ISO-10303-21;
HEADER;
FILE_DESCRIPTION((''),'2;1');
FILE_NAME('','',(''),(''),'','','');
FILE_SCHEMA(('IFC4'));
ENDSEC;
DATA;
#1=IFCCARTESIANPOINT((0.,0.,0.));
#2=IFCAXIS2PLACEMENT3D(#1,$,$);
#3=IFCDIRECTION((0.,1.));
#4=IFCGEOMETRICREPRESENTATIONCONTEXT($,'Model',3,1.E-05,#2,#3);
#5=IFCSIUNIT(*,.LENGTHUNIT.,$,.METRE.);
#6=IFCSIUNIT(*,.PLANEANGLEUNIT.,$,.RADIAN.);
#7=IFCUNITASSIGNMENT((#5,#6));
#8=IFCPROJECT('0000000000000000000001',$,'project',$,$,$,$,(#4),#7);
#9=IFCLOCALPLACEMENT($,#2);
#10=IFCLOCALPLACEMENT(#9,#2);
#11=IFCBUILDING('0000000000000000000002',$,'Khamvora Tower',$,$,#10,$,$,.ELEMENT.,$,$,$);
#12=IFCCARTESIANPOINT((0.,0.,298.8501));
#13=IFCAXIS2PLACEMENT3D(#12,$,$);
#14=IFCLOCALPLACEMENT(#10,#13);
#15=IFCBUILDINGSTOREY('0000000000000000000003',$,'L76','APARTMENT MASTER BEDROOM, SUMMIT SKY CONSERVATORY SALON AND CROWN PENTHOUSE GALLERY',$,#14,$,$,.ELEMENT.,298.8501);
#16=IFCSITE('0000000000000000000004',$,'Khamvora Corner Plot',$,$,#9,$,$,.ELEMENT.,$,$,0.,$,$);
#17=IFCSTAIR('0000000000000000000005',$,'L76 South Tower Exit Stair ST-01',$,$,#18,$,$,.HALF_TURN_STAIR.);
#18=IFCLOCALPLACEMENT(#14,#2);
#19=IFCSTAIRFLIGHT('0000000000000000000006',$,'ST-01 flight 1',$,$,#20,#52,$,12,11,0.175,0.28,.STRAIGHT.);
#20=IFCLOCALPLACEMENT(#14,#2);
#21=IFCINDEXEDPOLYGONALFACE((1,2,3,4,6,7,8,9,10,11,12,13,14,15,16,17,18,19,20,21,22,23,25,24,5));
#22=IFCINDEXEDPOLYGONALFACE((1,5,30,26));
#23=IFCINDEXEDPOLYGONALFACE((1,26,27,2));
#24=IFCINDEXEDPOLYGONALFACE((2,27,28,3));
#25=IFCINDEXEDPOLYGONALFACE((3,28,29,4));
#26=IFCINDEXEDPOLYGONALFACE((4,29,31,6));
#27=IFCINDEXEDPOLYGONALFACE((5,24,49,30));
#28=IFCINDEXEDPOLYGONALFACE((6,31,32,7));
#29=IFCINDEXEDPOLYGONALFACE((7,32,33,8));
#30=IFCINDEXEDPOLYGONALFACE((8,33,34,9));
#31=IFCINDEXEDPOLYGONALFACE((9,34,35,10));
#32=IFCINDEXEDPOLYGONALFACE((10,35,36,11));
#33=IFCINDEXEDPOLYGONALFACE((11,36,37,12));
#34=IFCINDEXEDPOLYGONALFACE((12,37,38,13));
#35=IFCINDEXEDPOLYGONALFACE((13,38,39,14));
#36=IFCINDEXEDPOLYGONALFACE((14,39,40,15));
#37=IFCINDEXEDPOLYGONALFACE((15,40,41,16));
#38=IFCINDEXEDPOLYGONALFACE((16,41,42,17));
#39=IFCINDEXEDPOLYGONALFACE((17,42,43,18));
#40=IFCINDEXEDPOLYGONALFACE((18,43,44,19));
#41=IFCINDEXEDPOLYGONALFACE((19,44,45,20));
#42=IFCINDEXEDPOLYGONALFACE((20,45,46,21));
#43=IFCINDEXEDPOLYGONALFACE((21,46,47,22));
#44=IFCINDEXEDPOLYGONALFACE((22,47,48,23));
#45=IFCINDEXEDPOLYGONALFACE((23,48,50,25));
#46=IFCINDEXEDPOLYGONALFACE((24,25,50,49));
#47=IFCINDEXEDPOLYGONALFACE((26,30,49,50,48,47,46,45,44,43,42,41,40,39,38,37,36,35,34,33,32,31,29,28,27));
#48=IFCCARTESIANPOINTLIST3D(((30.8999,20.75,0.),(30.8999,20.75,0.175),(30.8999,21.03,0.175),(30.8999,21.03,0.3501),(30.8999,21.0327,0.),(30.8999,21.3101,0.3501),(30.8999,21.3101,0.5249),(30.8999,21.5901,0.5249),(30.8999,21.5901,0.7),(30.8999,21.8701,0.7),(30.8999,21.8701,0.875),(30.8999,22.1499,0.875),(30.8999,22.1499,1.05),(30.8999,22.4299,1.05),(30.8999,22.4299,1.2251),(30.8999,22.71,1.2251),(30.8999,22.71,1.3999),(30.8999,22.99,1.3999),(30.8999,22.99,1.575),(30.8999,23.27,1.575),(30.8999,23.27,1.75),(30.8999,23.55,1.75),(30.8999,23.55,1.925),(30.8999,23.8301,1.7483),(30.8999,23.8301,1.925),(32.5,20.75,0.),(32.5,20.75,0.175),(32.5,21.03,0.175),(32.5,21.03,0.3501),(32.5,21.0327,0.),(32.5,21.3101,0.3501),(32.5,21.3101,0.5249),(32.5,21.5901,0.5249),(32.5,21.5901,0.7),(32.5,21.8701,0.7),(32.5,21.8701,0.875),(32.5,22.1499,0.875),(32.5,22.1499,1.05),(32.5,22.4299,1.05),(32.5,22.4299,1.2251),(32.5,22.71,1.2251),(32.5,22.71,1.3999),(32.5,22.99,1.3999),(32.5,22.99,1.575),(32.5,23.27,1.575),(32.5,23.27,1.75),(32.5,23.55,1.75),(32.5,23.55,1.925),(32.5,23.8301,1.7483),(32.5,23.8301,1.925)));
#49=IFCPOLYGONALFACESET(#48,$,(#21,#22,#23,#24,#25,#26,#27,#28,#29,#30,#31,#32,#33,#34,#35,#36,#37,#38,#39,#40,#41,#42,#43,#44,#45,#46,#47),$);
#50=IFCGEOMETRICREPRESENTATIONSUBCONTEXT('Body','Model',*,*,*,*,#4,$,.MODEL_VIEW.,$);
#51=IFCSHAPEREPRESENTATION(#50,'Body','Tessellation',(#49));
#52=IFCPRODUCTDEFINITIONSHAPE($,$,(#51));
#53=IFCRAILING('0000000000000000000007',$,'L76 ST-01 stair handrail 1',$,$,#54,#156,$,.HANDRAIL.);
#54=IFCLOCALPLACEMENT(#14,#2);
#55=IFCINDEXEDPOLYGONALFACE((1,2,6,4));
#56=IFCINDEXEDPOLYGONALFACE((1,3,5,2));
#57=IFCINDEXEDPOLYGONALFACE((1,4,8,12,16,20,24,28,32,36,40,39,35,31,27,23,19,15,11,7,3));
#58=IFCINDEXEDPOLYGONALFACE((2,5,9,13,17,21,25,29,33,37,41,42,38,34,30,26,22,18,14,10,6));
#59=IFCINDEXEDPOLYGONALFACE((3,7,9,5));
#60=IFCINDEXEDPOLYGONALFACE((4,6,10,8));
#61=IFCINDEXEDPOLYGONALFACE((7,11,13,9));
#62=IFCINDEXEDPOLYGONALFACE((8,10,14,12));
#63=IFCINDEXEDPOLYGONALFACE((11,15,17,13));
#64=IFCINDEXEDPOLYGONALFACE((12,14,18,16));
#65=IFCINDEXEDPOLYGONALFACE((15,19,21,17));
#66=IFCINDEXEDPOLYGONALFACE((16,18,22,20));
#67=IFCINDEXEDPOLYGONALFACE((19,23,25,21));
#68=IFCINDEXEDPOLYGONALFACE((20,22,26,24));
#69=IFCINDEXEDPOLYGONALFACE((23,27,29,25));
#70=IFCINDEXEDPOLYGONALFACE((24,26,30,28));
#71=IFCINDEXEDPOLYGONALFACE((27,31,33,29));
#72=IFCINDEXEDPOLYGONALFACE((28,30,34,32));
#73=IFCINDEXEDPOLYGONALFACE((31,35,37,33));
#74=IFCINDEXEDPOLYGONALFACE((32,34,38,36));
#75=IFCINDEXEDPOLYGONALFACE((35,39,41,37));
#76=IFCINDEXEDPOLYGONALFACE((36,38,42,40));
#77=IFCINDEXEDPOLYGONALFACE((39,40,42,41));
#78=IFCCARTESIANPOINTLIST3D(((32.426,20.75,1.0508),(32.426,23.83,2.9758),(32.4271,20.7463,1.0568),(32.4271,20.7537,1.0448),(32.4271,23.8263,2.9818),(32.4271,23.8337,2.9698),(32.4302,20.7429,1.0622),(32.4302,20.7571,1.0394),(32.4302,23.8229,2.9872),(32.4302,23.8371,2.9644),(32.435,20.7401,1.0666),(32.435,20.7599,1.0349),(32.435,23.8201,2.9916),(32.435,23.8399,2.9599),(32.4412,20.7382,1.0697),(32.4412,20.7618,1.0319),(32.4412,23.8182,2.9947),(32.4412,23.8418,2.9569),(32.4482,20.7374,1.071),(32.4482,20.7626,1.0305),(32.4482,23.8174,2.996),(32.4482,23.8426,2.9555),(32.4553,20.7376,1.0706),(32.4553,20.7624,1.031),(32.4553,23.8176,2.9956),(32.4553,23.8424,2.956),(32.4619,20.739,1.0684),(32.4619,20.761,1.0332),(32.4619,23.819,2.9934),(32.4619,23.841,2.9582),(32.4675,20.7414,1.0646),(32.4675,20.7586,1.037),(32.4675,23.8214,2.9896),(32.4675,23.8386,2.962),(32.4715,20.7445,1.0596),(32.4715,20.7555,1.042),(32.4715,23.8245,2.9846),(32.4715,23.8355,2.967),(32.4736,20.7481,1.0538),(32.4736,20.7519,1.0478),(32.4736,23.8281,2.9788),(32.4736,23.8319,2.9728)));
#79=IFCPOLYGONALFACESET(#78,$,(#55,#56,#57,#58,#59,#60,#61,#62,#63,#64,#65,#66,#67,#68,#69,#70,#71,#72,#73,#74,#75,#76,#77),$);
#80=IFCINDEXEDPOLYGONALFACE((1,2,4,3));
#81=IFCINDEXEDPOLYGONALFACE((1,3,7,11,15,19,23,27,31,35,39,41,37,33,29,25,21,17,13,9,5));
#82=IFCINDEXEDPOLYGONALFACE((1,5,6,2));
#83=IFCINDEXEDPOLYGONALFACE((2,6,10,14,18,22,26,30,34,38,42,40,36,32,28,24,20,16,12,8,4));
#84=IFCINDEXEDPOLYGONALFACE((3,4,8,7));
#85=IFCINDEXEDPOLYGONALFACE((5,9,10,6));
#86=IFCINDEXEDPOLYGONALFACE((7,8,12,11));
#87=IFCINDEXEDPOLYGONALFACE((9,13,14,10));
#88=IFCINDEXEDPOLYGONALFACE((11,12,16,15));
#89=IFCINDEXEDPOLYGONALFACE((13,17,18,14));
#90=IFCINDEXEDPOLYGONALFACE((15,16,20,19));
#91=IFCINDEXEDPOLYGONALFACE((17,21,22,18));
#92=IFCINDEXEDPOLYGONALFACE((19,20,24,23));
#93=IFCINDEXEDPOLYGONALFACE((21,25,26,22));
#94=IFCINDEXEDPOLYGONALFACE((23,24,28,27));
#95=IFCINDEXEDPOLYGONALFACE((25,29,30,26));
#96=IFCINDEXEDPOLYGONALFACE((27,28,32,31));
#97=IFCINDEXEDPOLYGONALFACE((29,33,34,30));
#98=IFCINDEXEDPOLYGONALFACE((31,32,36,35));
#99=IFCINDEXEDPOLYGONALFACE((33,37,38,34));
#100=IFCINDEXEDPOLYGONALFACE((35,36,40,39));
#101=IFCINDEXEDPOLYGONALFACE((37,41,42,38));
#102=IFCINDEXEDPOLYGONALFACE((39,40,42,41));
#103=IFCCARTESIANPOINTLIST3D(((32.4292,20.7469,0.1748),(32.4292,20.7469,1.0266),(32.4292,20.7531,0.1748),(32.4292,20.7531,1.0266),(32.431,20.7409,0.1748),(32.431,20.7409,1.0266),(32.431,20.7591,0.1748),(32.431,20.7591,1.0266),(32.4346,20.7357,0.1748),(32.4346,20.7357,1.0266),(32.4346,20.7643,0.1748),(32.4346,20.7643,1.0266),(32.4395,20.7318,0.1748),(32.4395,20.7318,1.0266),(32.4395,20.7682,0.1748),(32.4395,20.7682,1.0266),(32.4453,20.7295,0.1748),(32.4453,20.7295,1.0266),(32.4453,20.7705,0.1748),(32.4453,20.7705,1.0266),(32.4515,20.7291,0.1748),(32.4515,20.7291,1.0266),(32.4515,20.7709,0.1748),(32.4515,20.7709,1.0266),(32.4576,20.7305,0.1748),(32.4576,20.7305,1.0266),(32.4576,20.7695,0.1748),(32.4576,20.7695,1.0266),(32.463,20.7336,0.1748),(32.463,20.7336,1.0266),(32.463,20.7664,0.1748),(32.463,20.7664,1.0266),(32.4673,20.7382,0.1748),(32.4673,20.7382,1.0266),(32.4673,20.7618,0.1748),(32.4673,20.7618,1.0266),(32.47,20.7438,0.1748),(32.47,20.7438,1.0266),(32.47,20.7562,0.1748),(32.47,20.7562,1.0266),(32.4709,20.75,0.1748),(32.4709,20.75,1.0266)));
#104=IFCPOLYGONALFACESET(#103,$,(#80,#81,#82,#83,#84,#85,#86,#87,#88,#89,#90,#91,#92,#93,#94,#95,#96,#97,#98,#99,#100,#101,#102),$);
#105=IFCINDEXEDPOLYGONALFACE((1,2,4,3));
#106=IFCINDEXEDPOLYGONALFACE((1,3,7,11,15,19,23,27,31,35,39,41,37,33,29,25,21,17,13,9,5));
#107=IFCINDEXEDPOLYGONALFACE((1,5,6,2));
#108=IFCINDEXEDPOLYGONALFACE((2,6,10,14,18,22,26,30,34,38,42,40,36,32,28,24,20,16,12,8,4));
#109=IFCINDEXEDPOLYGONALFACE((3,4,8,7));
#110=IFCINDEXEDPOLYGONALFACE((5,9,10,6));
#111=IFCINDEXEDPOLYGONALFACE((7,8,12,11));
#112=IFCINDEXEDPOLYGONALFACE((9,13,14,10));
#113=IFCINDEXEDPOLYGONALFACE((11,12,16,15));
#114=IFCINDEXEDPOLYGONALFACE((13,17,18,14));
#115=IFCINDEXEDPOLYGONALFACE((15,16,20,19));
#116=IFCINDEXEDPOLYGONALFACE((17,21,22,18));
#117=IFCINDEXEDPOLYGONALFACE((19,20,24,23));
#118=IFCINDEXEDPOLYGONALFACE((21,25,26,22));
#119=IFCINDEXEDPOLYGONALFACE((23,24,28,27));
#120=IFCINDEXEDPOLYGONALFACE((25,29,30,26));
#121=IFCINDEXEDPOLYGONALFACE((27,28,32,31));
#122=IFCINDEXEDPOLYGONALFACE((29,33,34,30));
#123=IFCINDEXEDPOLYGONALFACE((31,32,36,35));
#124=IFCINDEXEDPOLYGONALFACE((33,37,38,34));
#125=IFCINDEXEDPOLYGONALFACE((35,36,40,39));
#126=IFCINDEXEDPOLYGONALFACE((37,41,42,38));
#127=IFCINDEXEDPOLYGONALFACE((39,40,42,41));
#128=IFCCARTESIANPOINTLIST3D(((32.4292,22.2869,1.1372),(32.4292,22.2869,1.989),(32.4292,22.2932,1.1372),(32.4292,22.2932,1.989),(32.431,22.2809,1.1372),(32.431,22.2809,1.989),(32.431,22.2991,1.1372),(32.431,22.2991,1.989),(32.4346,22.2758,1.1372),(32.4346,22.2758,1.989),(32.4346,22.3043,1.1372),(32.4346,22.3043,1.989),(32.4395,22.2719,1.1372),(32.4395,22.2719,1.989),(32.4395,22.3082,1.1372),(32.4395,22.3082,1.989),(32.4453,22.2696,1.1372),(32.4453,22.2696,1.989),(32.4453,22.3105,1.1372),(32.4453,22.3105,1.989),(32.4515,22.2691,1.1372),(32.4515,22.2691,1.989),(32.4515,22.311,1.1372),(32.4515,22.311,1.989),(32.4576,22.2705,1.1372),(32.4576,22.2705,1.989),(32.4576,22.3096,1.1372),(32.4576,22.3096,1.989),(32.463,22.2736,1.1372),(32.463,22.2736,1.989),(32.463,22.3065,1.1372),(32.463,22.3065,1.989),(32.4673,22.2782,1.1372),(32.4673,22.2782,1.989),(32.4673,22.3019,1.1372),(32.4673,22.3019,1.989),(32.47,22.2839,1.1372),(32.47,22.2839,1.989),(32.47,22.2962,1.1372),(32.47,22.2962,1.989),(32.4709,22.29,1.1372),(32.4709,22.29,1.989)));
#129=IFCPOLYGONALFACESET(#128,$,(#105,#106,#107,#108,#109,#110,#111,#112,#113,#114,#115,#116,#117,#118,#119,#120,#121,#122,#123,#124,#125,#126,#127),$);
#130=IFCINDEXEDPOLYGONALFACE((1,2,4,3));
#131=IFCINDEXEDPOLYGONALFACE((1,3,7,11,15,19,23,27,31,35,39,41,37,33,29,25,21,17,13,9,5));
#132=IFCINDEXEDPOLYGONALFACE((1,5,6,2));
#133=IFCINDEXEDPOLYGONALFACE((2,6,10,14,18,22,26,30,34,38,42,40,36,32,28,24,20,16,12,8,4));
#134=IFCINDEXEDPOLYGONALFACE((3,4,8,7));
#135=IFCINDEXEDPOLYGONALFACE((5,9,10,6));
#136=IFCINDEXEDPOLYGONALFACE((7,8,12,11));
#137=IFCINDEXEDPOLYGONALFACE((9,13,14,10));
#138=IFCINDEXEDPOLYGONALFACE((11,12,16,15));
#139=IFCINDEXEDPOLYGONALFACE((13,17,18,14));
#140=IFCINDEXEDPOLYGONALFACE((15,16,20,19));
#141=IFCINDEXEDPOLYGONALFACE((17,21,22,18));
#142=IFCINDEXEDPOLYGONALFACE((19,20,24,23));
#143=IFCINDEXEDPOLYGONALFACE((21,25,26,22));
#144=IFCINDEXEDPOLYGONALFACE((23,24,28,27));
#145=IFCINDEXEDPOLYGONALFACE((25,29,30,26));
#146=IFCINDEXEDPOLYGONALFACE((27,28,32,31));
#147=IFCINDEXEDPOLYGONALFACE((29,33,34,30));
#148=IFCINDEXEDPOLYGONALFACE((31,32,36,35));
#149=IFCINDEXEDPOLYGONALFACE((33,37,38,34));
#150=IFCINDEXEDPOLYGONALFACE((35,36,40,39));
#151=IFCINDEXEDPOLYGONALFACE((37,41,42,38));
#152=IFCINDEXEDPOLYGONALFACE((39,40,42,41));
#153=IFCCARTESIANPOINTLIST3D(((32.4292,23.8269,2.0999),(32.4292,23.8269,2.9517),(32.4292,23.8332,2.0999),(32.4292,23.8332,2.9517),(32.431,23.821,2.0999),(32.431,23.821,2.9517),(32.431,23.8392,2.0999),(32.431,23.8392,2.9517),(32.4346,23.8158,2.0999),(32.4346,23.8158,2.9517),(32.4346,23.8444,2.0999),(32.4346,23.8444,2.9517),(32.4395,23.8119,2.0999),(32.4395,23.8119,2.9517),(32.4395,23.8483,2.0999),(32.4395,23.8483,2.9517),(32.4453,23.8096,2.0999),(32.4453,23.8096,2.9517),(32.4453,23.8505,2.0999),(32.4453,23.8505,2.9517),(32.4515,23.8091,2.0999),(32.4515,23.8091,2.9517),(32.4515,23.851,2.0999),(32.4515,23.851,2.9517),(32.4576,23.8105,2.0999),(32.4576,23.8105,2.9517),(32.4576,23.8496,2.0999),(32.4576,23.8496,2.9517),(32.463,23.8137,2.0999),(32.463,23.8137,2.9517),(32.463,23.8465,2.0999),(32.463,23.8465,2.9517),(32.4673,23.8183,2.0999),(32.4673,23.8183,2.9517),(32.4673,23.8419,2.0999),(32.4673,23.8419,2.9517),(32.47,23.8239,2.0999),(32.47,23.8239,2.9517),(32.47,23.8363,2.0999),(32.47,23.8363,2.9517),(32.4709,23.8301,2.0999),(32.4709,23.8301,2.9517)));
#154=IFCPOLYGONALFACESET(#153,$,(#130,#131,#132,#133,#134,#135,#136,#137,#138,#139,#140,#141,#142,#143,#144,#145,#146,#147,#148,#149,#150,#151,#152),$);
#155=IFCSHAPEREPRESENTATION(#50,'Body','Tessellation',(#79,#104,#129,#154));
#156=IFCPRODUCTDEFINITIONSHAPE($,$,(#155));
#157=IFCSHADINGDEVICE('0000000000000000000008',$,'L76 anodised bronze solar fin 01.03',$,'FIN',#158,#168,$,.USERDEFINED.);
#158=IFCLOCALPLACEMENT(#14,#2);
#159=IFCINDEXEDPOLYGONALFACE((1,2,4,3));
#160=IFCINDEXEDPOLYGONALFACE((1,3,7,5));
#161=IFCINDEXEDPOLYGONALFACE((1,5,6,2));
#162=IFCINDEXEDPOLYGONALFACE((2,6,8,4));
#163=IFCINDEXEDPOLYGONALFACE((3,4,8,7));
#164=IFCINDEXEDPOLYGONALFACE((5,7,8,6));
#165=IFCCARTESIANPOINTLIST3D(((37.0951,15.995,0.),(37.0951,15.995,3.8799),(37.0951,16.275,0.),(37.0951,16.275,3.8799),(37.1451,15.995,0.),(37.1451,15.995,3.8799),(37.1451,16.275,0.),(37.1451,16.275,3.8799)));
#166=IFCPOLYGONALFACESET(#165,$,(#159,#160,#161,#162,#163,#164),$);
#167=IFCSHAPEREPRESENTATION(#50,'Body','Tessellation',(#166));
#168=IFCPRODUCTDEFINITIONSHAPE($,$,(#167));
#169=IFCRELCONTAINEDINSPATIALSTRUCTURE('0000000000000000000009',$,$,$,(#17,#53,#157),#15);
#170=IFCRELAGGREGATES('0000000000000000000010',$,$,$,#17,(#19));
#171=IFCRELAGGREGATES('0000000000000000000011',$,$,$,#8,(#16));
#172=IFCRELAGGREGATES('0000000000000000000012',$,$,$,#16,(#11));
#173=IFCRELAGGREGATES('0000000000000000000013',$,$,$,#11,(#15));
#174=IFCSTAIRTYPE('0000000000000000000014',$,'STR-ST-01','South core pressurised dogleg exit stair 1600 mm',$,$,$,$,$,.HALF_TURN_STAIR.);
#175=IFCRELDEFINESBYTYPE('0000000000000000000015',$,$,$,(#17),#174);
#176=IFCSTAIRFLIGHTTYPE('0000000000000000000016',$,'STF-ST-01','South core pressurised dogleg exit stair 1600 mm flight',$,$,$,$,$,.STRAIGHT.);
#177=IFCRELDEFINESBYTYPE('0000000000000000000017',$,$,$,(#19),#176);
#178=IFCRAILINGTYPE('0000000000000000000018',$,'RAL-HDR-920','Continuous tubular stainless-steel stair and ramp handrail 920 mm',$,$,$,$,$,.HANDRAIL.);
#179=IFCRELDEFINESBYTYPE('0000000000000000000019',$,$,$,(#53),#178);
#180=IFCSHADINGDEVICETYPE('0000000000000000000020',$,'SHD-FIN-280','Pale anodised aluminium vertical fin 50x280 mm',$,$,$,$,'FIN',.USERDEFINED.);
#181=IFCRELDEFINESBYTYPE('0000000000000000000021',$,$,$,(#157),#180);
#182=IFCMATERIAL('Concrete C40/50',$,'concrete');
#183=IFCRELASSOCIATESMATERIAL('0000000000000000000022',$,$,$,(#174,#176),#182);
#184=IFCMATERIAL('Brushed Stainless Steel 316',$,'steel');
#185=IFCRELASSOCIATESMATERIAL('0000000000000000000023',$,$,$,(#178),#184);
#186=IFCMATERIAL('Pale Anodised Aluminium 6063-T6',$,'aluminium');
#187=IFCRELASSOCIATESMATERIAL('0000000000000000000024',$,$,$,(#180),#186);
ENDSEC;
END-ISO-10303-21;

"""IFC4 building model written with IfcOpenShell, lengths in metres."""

from ifc_helpers import new_model, si_unit, direction, frame, origin, origin_2d, place, context, subcontext, project, spatial, polyline, rectangle, circle, outline, extrude, material, type_object, element, aggregate, save


model = new_model("IFC4")

# Units and contexts
model_context = context("Model", 3, precision=1e-05, world=origin(), true_north=direction((0.0, 1.0)))
body_context = subcontext(model_context, "Body", "Model", "MODEL_VIEW")
ifc_project = project(units=[si_unit("LENGTHUNIT", "METRE"), si_unit("PLANEANGLEUNIT", "RADIAN")], contexts=[model_context])

# Site, building, storey
site_placement = place(None, origin())
site = spatial("IfcSite", under=ifc_project, at=site_placement, Name="Khamvora Corner Plot", CompositionType="ELEMENT", RefElevation=0.0)
building_placement = place(site_placement, origin())
building = spatial("IfcBuilding", under=site, at=building_placement, Name="Khamvora Tower", CompositionType="ELEMENT")
storey_placement = place(building_placement, frame((0.0, 0.0, 298.8501)))
storey = spatial("IfcBuildingStorey", under=building, at=storey_placement, Name="L76", Description="APARTMENT MASTER BEDROOM, SUMMIT SKY CONSERVATORY SALON AND CROWN PENTHOUSE GALLERY", CompositionType="ELEMENT", Elevation=298.8501)

# Shared definitions
ifc_material_1 = material(Name="Concrete C40/50", Category="concrete")

# Stair, stair flight
stair_type = type_object("IfcStairType", Name="STR-ST-01", Description="South core pressurised dogleg exit stair 1600 mm", PredefinedType="HALF_TURN_STAIR", material=ifc_material_1)
stair_placement = place(storey_placement, origin())
stair = element("IfcStair", 1, at=stair_placement, inside=storey, type_object=stair_type, Name="L76 South Tower Exit Stair ST-01", PredefinedType="HALF_TURN_STAIR")
stair_flight_type = type_object("IfcStairFlightType", Name="STF-ST-01", Description="South core pressurised dogleg exit stair 1600 mm flight", PredefinedType="STRAIGHT", material=ifc_material_1)
stair_flight_placement = place(storey_placement, frame((31.7, 20.75, 0.0), z_axis=(0.0, 0.0, 1.0), x_axis=(0.0, 1.0, 0.0)))
stair_flight = element("IfcStairFlight", 2, at=stair_flight_placement, type_object=stair_flight_type, Name="ST-01 flight 1", NumberOfRisers=12, NumberOfTreads=11, PredefinedType="STRAIGHT", RiserHeight=0.175, TreadLength=0.28, context=body_context, shape_type="SweptSolid", body=[
    extrude(outline(polyline([(0.0, 0.0), (0.0, 0.175), (0.28, 0.175), (0.28, 0.3501), (0.5601, 0.3501), (0.5601, 0.5249), (0.8401, 0.5249), (0.8401, 0.7), (1.1201, 0.7), (1.1201, 0.875), (1.3999, 0.875), (1.3999, 1.05), (1.6799, 1.05), (1.6799, 1.2251), (1.96, 1.2251), (1.96, 1.3999), (2.24, 1.3999), (2.24, 1.575), (2.52, 1.575), (2.52, 1.75), (2.8, 1.75), (2.8, 1.925), (3.0801, 1.925), (3.0801, 2.1001), (3.0801, 1.7483), (0.2827, 0.0), (0.0, 0.0)])), frame((0.0, 0.8, 0.0), z_axis=(0.0, -1.0, 0.0), x_axis=(1.0, 0.0, 0.0)), (0.0, 0.0, 1.0), 1.6001),
])
aggregate(stair, [stair_flight])

# Railing
ifc_material_2 = material(Name="Brushed Stainless Steel 316", Category="steel")
railing_type = type_object("IfcRailingType", Name="RAL-HDR-920", Description="Continuous tubular stainless-steel stair and ramp handrail 920 mm", PredefinedType="HANDRAIL", material=ifc_material_2)
railing_placement = place(storey_placement, frame((32.45, 20.75, 0.1748)))
element("IfcRailing", 3, at=railing_placement, inside=storey, type_object=railing_type, Name="L76 ST-01 stair handrail 1", PredefinedType="HANDRAIL", context=body_context, shape_type="SweptSolid", body=[
    extrude(circle(Radius=0.0239, at=origin_2d()), frame((0.0, 0.0, 0.876), z_axis=(0.0, 0.847998, 0.529999), x_axis=(-1.0, 0.0, 0.0)), (0.0, 0.0, 1.0), 3.6321),
    extrude(circle(Radius=0.021, at=origin_2d()), origin(), (0.0, 0.0, 1.0), 0.8518),
    extrude(circle(Radius=0.021, at=origin_2d()), frame((0.0, 1.54, 0.9624)), (0.0, 0.0, 1.0), 0.8518),
    extrude(circle(Radius=0.021, at=origin_2d()), frame((0.0, 3.0801, 1.925)), (0.0, 0.0, 1.0), 0.8518),
])

# Shading device
ifc_material_3 = material(Name="Pale Anodised Aluminium 6063-T6", Category="aluminium")
shading_device_type = type_object("IfcShadingDeviceType", Name="SHD-FIN-280", Description="Pale anodised aluminium vertical fin 50x280 mm", ElementType="FIN", PredefinedType="USERDEFINED", material=ifc_material_3)
shading_device_placement = place(storey_placement, frame((37.1201, 16.135, 0.0), z_axis=(0.0, 0.0, 1.0), x_axis=(-1.0, 0.0, 0.0)))
element("IfcShadingDevice", 4, at=shading_device_placement, inside=storey, type_object=shading_device_type, Name="L76 anodised bronze solar fin 01.03", ObjectType="FIN", PredefinedType="USERDEFINED", context=body_context, shape_type="SweptSolid", body=[
    extrude(rectangle(XDim=0.05, YDim=0.28, at=origin_2d()), origin(), (0.0, 0.0, 1.0), 3.8799),
])

save(model, "model.ifc")
